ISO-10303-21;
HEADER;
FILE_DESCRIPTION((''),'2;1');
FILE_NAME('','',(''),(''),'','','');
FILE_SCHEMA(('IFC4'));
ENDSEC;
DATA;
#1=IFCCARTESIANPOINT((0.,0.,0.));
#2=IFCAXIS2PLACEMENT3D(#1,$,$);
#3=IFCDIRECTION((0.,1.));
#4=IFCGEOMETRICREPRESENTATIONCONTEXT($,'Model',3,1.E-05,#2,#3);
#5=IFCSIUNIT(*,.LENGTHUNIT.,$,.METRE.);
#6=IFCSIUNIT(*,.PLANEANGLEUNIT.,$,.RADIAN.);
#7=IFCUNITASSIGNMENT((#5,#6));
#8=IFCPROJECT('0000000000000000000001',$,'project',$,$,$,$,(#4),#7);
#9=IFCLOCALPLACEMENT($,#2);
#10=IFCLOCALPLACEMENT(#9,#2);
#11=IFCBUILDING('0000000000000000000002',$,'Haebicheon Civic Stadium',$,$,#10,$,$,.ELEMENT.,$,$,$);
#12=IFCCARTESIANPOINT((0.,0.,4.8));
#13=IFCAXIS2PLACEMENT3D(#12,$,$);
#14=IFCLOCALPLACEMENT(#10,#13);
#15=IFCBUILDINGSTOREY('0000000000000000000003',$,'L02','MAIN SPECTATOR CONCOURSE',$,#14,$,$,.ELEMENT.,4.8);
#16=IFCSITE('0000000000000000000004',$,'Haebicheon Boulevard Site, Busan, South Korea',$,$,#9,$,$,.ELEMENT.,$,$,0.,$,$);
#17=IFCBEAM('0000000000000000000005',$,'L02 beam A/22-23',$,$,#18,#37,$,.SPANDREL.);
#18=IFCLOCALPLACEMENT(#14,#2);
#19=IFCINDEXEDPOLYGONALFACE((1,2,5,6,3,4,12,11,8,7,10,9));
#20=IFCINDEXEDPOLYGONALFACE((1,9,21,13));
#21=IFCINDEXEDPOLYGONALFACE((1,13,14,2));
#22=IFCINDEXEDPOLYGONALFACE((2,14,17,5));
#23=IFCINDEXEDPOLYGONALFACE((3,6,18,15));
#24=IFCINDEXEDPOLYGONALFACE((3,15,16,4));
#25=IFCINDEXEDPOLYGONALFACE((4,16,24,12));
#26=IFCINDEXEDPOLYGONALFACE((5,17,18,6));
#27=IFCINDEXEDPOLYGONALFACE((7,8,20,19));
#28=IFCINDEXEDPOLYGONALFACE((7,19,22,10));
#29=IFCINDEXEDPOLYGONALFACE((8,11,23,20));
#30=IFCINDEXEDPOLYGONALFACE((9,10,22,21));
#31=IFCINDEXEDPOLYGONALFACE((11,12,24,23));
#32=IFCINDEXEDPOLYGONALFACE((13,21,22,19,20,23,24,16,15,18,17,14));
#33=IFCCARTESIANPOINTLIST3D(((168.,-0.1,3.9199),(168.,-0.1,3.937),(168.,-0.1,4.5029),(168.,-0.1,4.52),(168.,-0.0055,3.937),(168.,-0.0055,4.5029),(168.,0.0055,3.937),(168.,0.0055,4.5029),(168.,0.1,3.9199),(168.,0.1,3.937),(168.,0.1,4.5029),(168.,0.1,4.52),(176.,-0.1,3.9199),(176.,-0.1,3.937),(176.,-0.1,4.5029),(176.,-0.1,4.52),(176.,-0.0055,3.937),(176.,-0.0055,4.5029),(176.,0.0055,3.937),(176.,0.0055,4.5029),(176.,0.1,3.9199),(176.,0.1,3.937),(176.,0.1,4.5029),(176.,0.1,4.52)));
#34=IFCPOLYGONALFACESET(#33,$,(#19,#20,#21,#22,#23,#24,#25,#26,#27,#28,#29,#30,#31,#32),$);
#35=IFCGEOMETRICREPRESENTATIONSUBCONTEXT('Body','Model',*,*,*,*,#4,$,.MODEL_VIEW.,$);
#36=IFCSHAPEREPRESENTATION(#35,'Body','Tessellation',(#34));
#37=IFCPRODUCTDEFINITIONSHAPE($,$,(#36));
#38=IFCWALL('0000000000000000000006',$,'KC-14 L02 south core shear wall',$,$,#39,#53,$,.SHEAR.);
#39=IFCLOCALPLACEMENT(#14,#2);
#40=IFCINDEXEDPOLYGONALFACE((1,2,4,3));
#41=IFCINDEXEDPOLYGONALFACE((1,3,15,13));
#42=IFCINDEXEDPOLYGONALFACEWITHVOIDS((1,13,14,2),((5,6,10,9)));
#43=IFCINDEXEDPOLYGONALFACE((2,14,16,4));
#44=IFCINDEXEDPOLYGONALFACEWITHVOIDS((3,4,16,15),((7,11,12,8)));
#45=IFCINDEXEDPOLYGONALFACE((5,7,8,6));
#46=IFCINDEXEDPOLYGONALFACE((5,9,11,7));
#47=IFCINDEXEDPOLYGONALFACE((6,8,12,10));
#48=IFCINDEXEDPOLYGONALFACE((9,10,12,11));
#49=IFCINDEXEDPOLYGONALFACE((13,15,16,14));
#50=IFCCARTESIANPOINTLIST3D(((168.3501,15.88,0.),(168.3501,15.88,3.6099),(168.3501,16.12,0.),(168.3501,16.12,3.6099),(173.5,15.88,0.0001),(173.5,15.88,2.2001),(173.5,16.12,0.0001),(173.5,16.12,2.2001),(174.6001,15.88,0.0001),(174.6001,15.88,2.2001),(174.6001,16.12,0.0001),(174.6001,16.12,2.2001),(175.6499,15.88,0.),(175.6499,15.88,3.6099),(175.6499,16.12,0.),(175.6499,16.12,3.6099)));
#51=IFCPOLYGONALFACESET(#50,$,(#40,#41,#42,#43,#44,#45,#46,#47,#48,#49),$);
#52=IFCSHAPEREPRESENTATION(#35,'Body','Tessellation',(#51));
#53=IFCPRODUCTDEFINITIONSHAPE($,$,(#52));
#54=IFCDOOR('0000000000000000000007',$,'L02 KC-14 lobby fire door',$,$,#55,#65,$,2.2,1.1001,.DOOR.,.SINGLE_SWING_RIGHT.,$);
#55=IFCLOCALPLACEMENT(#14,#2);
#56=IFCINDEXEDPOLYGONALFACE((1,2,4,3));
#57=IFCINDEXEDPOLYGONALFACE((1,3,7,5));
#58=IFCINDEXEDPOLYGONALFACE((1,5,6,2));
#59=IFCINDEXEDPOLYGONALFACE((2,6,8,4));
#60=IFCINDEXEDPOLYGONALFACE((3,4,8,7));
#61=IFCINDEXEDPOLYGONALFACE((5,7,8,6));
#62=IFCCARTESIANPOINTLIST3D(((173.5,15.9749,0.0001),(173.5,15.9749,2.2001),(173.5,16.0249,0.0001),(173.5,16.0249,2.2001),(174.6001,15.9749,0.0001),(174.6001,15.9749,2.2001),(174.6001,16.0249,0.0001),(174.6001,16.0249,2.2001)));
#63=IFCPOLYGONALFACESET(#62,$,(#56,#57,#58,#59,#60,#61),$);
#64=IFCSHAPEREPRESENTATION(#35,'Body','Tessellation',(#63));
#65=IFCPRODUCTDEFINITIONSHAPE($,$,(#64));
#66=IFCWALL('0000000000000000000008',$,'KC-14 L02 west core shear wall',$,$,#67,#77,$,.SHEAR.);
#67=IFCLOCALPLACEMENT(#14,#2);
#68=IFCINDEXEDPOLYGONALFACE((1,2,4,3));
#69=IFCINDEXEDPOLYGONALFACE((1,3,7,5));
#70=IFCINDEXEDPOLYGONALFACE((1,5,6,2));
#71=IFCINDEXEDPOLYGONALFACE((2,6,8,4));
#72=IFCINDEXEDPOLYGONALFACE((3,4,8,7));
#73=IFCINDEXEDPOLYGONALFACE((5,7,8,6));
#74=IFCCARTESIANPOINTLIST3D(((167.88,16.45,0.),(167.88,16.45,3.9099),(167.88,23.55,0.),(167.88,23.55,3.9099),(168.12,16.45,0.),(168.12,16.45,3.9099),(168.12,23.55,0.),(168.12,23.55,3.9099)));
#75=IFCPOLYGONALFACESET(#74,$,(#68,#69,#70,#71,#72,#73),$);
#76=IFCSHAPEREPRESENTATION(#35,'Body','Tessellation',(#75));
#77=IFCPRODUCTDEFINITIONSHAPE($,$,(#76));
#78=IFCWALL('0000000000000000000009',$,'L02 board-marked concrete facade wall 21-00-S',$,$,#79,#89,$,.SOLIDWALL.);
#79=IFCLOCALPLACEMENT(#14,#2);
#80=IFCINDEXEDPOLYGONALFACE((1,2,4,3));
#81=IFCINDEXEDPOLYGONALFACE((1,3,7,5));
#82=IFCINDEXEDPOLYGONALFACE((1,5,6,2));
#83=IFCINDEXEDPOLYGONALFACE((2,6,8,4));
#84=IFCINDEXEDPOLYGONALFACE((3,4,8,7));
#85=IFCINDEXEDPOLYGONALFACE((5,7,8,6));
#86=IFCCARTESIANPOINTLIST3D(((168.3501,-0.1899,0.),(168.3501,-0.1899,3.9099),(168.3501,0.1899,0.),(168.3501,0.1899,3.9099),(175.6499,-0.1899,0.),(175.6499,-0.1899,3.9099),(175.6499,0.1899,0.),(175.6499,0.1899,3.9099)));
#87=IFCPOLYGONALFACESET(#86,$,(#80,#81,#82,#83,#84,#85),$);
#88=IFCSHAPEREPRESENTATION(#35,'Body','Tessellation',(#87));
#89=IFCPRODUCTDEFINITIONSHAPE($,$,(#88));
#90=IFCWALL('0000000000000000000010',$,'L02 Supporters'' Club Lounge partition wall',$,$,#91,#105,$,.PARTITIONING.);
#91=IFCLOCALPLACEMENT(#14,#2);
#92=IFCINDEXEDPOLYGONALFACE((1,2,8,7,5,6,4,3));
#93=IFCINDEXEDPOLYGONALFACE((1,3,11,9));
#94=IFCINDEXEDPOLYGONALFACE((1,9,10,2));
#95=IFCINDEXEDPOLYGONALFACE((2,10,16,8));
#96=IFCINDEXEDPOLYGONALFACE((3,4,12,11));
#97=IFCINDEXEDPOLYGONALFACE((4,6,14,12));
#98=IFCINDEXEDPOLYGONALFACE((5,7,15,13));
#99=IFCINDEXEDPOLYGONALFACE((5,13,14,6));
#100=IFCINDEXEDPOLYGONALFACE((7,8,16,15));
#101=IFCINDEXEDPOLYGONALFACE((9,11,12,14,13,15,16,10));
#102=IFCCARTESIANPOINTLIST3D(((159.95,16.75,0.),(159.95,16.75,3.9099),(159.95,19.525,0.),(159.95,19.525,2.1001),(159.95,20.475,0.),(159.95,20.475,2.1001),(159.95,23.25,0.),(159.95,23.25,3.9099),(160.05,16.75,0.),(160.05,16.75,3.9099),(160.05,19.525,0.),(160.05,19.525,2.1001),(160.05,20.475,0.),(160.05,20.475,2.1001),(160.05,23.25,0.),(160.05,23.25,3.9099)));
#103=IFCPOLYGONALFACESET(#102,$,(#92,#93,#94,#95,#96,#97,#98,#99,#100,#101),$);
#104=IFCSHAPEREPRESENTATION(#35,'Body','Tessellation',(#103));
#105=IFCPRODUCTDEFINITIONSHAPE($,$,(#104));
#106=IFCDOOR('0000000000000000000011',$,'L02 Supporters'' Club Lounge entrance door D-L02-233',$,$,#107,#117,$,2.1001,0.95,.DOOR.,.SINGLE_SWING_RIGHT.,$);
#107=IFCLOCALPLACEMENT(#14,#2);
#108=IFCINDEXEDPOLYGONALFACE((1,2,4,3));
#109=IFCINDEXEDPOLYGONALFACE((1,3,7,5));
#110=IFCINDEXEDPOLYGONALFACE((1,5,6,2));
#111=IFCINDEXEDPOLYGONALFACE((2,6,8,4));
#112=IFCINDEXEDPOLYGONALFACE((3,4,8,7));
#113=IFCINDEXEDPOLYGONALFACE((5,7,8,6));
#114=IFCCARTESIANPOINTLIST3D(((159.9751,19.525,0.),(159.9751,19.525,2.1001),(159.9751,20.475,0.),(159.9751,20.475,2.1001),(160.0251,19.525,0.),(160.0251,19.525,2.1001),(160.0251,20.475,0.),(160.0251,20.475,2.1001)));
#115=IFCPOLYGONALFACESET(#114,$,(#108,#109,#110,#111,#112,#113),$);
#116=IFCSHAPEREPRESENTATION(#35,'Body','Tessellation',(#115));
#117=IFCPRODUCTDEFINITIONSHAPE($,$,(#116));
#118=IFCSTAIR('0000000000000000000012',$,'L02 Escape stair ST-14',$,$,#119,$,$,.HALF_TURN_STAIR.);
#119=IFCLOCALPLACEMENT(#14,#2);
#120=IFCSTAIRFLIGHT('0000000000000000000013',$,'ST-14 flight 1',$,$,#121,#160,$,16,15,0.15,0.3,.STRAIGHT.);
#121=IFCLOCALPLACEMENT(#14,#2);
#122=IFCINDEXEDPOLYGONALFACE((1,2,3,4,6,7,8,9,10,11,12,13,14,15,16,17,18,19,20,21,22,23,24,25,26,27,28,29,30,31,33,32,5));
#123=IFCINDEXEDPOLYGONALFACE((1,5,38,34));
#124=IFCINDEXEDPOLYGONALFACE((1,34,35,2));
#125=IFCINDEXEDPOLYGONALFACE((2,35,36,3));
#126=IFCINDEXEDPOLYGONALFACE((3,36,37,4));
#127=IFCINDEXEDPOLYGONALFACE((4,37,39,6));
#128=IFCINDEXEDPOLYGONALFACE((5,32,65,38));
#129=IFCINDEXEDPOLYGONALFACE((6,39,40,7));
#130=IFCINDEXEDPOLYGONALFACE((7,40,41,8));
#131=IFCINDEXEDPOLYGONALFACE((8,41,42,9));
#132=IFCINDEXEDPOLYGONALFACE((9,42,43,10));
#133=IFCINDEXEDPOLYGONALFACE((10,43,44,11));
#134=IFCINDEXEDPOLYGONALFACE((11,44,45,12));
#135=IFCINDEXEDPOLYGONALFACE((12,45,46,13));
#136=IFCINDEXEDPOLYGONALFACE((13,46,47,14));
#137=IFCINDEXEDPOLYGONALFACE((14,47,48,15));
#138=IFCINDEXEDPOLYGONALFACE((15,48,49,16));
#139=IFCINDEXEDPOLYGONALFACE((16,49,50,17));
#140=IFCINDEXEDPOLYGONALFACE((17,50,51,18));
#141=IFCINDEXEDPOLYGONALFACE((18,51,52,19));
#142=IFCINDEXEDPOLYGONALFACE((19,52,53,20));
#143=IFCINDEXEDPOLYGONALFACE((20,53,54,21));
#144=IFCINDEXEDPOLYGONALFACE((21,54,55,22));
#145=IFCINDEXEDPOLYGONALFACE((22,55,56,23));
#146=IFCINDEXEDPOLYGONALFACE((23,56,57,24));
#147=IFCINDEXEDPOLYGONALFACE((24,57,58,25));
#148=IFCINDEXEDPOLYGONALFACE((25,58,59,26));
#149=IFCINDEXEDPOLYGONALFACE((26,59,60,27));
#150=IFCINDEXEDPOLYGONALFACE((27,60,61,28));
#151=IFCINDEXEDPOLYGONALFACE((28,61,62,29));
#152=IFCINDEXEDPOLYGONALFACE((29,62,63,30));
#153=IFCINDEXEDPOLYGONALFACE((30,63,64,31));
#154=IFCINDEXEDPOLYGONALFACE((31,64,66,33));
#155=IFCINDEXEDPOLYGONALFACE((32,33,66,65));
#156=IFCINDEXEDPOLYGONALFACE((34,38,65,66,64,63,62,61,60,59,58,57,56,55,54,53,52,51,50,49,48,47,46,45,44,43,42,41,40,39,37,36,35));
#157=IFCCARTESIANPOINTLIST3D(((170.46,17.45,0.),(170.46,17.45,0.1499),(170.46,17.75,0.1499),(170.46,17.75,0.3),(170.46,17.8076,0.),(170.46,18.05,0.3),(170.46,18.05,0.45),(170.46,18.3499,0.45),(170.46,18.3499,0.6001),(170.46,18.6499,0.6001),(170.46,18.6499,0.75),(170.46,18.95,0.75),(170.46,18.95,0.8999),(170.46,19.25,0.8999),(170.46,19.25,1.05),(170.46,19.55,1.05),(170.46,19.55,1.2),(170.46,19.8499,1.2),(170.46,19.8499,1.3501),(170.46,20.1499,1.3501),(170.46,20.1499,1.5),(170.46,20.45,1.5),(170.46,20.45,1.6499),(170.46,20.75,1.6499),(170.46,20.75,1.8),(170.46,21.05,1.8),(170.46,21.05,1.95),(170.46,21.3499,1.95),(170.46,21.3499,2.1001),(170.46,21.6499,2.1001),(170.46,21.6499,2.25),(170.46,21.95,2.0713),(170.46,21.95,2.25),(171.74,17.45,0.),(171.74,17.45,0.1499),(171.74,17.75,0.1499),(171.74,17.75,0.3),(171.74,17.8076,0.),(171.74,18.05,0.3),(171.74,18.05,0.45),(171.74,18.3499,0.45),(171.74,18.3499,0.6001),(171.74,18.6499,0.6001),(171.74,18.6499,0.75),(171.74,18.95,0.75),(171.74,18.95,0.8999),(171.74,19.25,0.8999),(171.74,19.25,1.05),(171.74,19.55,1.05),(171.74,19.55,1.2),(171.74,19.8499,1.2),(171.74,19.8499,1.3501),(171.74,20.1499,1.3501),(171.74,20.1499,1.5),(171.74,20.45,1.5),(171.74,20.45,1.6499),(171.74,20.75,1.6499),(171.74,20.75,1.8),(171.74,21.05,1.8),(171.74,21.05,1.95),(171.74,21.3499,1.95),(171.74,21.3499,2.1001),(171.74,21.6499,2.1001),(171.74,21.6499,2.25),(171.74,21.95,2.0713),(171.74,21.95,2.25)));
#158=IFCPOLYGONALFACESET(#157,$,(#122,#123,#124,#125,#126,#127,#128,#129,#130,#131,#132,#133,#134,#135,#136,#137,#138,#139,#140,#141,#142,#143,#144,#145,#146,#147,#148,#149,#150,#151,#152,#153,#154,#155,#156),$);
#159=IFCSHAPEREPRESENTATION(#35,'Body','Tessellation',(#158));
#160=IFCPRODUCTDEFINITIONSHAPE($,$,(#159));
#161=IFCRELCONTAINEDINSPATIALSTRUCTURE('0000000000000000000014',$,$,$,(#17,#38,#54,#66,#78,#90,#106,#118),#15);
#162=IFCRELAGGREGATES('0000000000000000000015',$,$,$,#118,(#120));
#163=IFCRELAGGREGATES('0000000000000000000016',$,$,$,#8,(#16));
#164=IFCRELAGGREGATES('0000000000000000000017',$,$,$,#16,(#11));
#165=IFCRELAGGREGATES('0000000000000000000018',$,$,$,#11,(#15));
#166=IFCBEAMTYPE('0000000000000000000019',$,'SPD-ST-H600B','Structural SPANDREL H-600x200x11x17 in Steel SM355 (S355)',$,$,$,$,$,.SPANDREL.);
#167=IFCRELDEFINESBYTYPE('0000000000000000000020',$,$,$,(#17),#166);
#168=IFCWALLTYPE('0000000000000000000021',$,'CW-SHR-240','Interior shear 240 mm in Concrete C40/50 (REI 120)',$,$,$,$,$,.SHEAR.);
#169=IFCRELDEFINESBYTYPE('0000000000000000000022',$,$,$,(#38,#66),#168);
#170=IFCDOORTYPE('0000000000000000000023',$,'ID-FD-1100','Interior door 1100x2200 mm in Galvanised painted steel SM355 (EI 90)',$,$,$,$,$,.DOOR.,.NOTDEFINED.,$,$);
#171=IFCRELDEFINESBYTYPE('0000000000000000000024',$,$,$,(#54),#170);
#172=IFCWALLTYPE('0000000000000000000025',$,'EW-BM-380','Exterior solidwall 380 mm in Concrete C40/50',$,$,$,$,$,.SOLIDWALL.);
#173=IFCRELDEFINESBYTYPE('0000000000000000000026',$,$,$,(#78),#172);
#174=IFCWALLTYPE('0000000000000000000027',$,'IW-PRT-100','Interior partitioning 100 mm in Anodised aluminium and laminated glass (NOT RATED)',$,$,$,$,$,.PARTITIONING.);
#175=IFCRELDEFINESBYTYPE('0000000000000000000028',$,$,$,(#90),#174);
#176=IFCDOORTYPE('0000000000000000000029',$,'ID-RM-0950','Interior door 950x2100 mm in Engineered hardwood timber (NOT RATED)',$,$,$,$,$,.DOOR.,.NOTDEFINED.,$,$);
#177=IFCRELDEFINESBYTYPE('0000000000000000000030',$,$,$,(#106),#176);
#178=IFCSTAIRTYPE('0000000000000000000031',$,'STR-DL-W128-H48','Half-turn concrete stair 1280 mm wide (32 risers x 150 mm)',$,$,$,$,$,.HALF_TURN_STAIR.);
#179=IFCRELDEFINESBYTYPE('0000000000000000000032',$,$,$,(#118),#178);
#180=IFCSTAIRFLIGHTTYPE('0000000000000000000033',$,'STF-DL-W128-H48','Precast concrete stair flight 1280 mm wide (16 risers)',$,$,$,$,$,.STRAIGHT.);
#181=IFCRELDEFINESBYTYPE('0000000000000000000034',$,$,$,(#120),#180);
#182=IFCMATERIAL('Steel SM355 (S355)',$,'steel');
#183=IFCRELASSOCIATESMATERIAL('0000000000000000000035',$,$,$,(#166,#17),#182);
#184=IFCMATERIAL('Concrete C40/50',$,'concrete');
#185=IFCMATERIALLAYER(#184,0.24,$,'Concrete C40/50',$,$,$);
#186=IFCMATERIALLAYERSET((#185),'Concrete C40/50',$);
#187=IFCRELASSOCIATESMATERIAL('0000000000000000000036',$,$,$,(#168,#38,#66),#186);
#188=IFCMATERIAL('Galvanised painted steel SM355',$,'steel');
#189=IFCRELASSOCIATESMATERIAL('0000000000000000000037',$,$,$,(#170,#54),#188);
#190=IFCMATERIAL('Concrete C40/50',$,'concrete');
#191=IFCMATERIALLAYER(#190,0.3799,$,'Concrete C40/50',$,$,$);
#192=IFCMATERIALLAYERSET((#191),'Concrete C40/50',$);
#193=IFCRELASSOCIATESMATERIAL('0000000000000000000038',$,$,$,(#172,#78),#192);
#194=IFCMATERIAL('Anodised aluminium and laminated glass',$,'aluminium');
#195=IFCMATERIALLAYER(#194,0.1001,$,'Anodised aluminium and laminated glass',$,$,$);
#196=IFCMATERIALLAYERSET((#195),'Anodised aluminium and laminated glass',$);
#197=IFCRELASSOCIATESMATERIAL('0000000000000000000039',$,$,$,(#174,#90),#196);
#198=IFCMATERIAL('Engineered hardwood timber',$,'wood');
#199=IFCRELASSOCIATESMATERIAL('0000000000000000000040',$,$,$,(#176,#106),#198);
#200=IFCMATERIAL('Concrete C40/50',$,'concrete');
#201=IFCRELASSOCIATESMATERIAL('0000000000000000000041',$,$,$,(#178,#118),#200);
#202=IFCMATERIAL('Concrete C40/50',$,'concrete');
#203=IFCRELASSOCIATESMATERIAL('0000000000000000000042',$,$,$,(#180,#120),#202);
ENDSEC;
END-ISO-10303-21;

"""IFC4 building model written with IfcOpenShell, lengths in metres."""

from ifc_helpers import new_model, si_unit, direction, frame, frame_2d, origin, origin_2d, place, context, subcontext, project, spatial, polyline, rectangle, i_section, outline, extrude, material, layer, layer_set, material_profile, profile_set, type_object, element, fill, aggregate, save


model = new_model("IFC4")

# Units and contexts
model_context = context("Model", 3, precision=1e-05, world=origin(), true_north=direction((0.0, 1.0)))
body_context = subcontext(model_context, "Body", "Model", "MODEL_VIEW")
ifc_project = project(units=[si_unit("LENGTHUNIT", "METRE"), si_unit("PLANEANGLEUNIT", "RADIAN")], contexts=[model_context])

# Site, building, storey
site_placement = place(None, origin())
site = spatial("IfcSite", under=ifc_project, at=site_placement, Name="Haebicheon Boulevard Site, Busan, South Korea", CompositionType="ELEMENT", RefElevation=0.0)
building_placement = place(site_placement, origin())
building = spatial("IfcBuilding", under=site, at=building_placement, Name="Haebicheon Civic Stadium", CompositionType="ELEMENT")
storey_placement = place(building_placement, frame((0.0, 0.0, 4.8)))
storey = spatial("IfcBuildingStorey", under=building, at=storey_placement, Name="L02", Description="MAIN SPECTATOR CONCOURSE", CompositionType="ELEMENT", Elevation=4.8)

# Beam
ifc_material_1 = material(Name="Steel SM355 (S355)", Category="steel")
ifc_material_profile_1 = material_profile(ifc_material_1, i_section(OverallWidth=0.2, OverallDepth=0.6001, WebThickness=0.011, FlangeThickness=0.0171, at=origin_2d()), Name="H-600x200x11x17")
ifc_profile_set_1 = profile_set([ifc_material_profile_1], Name="Steel SM355 (S355)")
beam_type_1 = type_object("IfcBeamType", Name="SPD-ST-H600B", Description="Structural SPANDREL H-600x200x11x17 in Steel SM355 (S355)", PredefinedType="SPANDREL", material=ifc_profile_set_1)
beam_1_placement = place(storey_placement, frame((168.0, 0.0, 4.22), z_axis=(1.0, 0.0, 0.0), x_axis=(0.0, 1.0, 0.0)))
element("IfcBeam", 1, at=beam_1_placement, inside=storey, type_object=beam_type_1, material=ifc_profile_set_1, Name="L02 beam A/22-23", PredefinedType="SPANDREL", context=body_context, shape_type="SweptSolid", body=[
    extrude(i_section(OverallWidth=0.2, OverallDepth=0.6001, WebThickness=0.011, FlangeThickness=0.0171, at=origin_2d()), origin(), (0.0, 0.0, 1.0), 8.0),
])

# Wall, opening, door
ifc_material_2 = material(Name="Concrete C40/50", Category="concrete")
ifc_layer_1 = layer(ifc_material_2, 0.24, Name="Concrete C40/50")
ifc_layer_set_1 = layer_set([ifc_layer_1], Name="Concrete C40/50")
wall_type_1 = type_object("IfcWallType", Name="CW-SHR-240", Description="Interior shear 240 mm in Concrete C40/50 (REI 120)", PredefinedType="SHEAR", material=ifc_layer_set_1)
wall_1_placement = place(storey_placement, frame((168.3501, 16.0, 0.0), z_axis=(0.0, 0.0, 1.0), x_axis=(1.0, 0.0, 0.0)))
wall_1 = element("IfcWall", 2, at=wall_1_placement, inside=storey, type_object=wall_type_1, material=ifc_layer_set_1, Name="KC-14 L02 south core shear wall", PredefinedType="SHEAR", context=body_context, shape_type="SweptSolid", body=[
    extrude(rectangle(XDim=7.2998, YDim=0.24, at=frame_2d((3.6499, 0.0))), origin(), (0.0, 0.0, 1.0), 3.6099),
])
opening_1_placement = place(wall_1_placement, frame((5.1499, 0.0, 0.0)))
opening_1 = element("IfcOpeningElement", 3, at=opening_1_placement, cuts=wall_1, PredefinedType="OPENING", context=body_context, shape_type="SweptSolid", body=[
    extrude(rectangle(XDim=1.1001, YDim=2.2, at=frame_2d((0.55, 1.1001))), frame((0.0, 0.1299, 0.0), z_axis=(0.0, -1.0, 0.0), x_axis=(1.0, 0.0, 0.0)), (0.0, 0.0, 1.0), 0.26),
])
ifc_material_3 = material(Name="Galvanised painted steel SM355", Category="steel")
door_type_1 = type_object("IfcDoorType", Name="ID-FD-1100", Description="Interior door 1100x2200 mm in Galvanised painted steel SM355 (EI 90)", OperationType="NOTDEFINED", PredefinedType="DOOR", material=ifc_material_3)
door_1_placement = place(opening_1_placement, origin())
door_1 = element("IfcDoor", 4, at=door_1_placement, inside=storey, type_object=door_type_1, material=ifc_material_3, Name="L02 KC-14 lobby fire door", OperationType="SINGLE_SWING_RIGHT", OverallHeight=2.2, OverallWidth=1.1001, PredefinedType="DOOR", context=body_context, shape_type="SweptSolid", body=[
    extrude(rectangle(XDim=1.1001, YDim=2.2, at=frame_2d((0.55, 1.1001))), frame((0.0, 0.0249, 0.0), z_axis=(0.0, -1.0, 0.0), x_axis=(1.0, 0.0, 0.0)), (0.0, 0.0, 1.0), 0.05),
])
fill(opening_1, door_1)

# Walls
wall_2_placement = place(storey_placement, frame((168.0, 16.45, 0.0), z_axis=(0.0, 0.0, 1.0), x_axis=(0.0, 1.0, 0.0)))
element("IfcWall", 5, at=wall_2_placement, inside=storey, type_object=wall_type_1, material=ifc_layer_set_1, Name="KC-14 L02 west core shear wall", PredefinedType="SHEAR", context=body_context, shape_type="SweptSolid", body=[
    extrude(rectangle(XDim=7.1001, YDim=0.24, at=frame_2d((3.55, 0.0))), origin(), (0.0, 0.0, 1.0), 3.9099),
])
ifc_material_4 = material(Name="Concrete C40/50", Category="concrete")
ifc_layer_2 = layer(ifc_material_4, 0.3799, Name="Concrete C40/50")
ifc_layer_set_2 = layer_set([ifc_layer_2], Name="Concrete C40/50")
wall_type_2 = type_object("IfcWallType", Name="EW-BM-380", Description="Exterior solidwall 380 mm in Concrete C40/50", PredefinedType="SOLIDWALL", material=ifc_layer_set_2)
wall_3_placement = place(storey_placement, frame((168.3501, 0.0, 0.0), z_axis=(0.0, 0.0, 1.0), x_axis=(1.0, 0.0, 0.0)))
element("IfcWall", 6, at=wall_3_placement, inside=storey, type_object=wall_type_2, material=ifc_layer_set_2, Name="L02 board-marked concrete facade wall 21-00-S", PredefinedType="SOLIDWALL", context=body_context, shape_type="SweptSolid", body=[
    extrude(rectangle(XDim=7.2998, YDim=0.3799, at=frame_2d((3.6499, 0.0))), origin(), (0.0, 0.0, 1.0), 3.9099),
])

# Wall, opening, door
ifc_material_5 = material(Name="Anodised aluminium and laminated glass", Category="aluminium")
ifc_layer_3 = layer(ifc_material_5, 0.1001, Name="Anodised aluminium and laminated glass")
ifc_layer_set_3 = layer_set([ifc_layer_3], Name="Anodised aluminium and laminated glass")
wall_type_3 = type_object("IfcWallType", Name="IW-PRT-100", Description="Interior partitioning 100 mm in Anodised aluminium and laminated glass (NOT RATED)", PredefinedType="PARTITIONING", material=ifc_layer_set_3)
wall_4_placement = place(storey_placement, frame((160.0, 16.75, 0.0), z_axis=(0.0, 0.0, 1.0), x_axis=(0.0, 1.0, 0.0)))
wall_4 = element("IfcWall", 7, at=wall_4_placement, inside=storey, type_object=wall_type_3, material=ifc_layer_set_3, Name="L02 Supporters' Club Lounge partition wall", PredefinedType="PARTITIONING", context=body_context, shape_type="SweptSolid", body=[
    extrude(rectangle(XDim=6.5, YDim=0.1001, at=frame_2d((3.25, 0.0))), origin(), (0.0, 0.0, 1.0), 3.9099),
])
opening_2_placement = place(wall_4_placement, frame((2.7749, 0.0, 0.0)))
opening_2 = element("IfcOpeningElement", 8, at=opening_2_placement, cuts=wall_4, PredefinedType="OPENING", context=body_context, shape_type="SweptSolid", body=[
    extrude(rectangle(XDim=0.95, YDim=2.1001, at=frame_2d((0.4751, 1.05))), frame((0.0, 0.0601, 0.0), z_axis=(0.0, -1.0, 0.0), x_axis=(1.0, 0.0, 0.0)), (0.0, 0.0, 1.0), 0.1201),
])
ifc_material_6 = material(Name="Engineered hardwood timber", Category="wood")
door_type_2 = type_object("IfcDoorType", Name="ID-RM-0950", Description="Interior door 950x2100 mm in Engineered hardwood timber (NOT RATED)", OperationType="NOTDEFINED", PredefinedType="DOOR", material=ifc_material_6)
door_2_placement = place(opening_2_placement, origin())
door_2 = element("IfcDoor", 9, at=door_2_placement, inside=storey, type_object=door_type_2, material=ifc_material_6, Name="L02 Supporters' Club Lounge entrance door D-L02-233", OperationType="SINGLE_SWING_RIGHT", OverallHeight=2.1001, OverallWidth=0.95, PredefinedType="DOOR", context=body_context, shape_type="SweptSolid", body=[
    extrude(rectangle(XDim=0.95, YDim=2.1001, at=frame_2d((0.4751, 1.05))), frame((0.0, 0.0249, 0.0), z_axis=(0.0, -1.0, 0.0), x_axis=(1.0, 0.0, 0.0)), (0.0, 0.0, 1.0), 0.05),
])
fill(opening_2, door_2)

# Stair, stair flight
ifc_material_7 = material(Name="Concrete C40/50", Category="concrete")
stair_type = type_object("IfcStairType", Name="STR-DL-W128-H48", Description="Half-turn concrete stair 1280 mm wide (32 risers x 150 mm)", PredefinedType="HALF_TURN_STAIR", material=ifc_material_7)
stair_placement = place(storey_placement, origin())
stair = element("IfcStair", 10, at=stair_placement, inside=storey, type_object=stair_type, material=ifc_material_7, Name="L02 Escape stair ST-14", PredefinedType="HALF_TURN_STAIR")
ifc_material_8 = material(Name="Concrete C40/50", Category="concrete")
stair_flight_type = type_object("IfcStairFlightType", Name="STF-DL-W128-H48", Description="Precast concrete stair flight 1280 mm wide (16 risers)", PredefinedType="STRAIGHT", material=ifc_material_8)
stair_flight_1_placement = place(storey_placement, frame((171.1001, 17.45, 0.0), z_axis=(0.0, 0.0, 1.0), x_axis=(0.0, 1.0, 0.0)))
stair_flight_1 = element("IfcStairFlight", 11, at=stair_flight_1_placement, type_object=stair_flight_type, material=ifc_material_8, Name="ST-14 flight 1", NumberOfRisers=16, NumberOfTreads=15, PredefinedType="STRAIGHT", RiserHeight=0.15, TreadLength=0.3, context=body_context, shape_type="SweptSolid", body=[
    extrude(outline(polyline([(0.0, 0.0), (0.0, 0.1499), (0.3, 0.1499), (0.3, 0.3), (0.6001, 0.3), (0.6001, 0.45), (0.8999, 0.45), (0.8999, 0.6001), (1.2, 0.6001), (1.2, 0.75), (1.5, 0.75), (1.5, 0.8999), (1.8, 0.8999), (1.8, 1.05), (2.1001, 1.05), (2.1001, 1.2), (2.3999, 1.2), (2.3999, 1.3501), (2.7, 1.3501), (2.7, 1.5), (3.0, 1.5), (3.0, 1.6499), (3.3, 1.6499), (3.3, 1.8), (3.6001, 1.8), (3.6001, 1.95), (3.8999, 1.95), (3.8999, 2.1001), (4.2, 2.1001), (4.2, 2.25), (4.5, 2.25), (4.5, 2.3999), (4.5, 2.0713), (0.3577, 0.0), (0.0, 0.0)])), frame((0.0, 0.6401, 0.0), z_axis=(0.0, -1.0, 0.0), x_axis=(1.0, 0.0, 0.0)), (0.0, 0.0, 1.0), 1.28),
])
aggregate(stair, [stair_flight_1])

save(model, "model.ifc")
